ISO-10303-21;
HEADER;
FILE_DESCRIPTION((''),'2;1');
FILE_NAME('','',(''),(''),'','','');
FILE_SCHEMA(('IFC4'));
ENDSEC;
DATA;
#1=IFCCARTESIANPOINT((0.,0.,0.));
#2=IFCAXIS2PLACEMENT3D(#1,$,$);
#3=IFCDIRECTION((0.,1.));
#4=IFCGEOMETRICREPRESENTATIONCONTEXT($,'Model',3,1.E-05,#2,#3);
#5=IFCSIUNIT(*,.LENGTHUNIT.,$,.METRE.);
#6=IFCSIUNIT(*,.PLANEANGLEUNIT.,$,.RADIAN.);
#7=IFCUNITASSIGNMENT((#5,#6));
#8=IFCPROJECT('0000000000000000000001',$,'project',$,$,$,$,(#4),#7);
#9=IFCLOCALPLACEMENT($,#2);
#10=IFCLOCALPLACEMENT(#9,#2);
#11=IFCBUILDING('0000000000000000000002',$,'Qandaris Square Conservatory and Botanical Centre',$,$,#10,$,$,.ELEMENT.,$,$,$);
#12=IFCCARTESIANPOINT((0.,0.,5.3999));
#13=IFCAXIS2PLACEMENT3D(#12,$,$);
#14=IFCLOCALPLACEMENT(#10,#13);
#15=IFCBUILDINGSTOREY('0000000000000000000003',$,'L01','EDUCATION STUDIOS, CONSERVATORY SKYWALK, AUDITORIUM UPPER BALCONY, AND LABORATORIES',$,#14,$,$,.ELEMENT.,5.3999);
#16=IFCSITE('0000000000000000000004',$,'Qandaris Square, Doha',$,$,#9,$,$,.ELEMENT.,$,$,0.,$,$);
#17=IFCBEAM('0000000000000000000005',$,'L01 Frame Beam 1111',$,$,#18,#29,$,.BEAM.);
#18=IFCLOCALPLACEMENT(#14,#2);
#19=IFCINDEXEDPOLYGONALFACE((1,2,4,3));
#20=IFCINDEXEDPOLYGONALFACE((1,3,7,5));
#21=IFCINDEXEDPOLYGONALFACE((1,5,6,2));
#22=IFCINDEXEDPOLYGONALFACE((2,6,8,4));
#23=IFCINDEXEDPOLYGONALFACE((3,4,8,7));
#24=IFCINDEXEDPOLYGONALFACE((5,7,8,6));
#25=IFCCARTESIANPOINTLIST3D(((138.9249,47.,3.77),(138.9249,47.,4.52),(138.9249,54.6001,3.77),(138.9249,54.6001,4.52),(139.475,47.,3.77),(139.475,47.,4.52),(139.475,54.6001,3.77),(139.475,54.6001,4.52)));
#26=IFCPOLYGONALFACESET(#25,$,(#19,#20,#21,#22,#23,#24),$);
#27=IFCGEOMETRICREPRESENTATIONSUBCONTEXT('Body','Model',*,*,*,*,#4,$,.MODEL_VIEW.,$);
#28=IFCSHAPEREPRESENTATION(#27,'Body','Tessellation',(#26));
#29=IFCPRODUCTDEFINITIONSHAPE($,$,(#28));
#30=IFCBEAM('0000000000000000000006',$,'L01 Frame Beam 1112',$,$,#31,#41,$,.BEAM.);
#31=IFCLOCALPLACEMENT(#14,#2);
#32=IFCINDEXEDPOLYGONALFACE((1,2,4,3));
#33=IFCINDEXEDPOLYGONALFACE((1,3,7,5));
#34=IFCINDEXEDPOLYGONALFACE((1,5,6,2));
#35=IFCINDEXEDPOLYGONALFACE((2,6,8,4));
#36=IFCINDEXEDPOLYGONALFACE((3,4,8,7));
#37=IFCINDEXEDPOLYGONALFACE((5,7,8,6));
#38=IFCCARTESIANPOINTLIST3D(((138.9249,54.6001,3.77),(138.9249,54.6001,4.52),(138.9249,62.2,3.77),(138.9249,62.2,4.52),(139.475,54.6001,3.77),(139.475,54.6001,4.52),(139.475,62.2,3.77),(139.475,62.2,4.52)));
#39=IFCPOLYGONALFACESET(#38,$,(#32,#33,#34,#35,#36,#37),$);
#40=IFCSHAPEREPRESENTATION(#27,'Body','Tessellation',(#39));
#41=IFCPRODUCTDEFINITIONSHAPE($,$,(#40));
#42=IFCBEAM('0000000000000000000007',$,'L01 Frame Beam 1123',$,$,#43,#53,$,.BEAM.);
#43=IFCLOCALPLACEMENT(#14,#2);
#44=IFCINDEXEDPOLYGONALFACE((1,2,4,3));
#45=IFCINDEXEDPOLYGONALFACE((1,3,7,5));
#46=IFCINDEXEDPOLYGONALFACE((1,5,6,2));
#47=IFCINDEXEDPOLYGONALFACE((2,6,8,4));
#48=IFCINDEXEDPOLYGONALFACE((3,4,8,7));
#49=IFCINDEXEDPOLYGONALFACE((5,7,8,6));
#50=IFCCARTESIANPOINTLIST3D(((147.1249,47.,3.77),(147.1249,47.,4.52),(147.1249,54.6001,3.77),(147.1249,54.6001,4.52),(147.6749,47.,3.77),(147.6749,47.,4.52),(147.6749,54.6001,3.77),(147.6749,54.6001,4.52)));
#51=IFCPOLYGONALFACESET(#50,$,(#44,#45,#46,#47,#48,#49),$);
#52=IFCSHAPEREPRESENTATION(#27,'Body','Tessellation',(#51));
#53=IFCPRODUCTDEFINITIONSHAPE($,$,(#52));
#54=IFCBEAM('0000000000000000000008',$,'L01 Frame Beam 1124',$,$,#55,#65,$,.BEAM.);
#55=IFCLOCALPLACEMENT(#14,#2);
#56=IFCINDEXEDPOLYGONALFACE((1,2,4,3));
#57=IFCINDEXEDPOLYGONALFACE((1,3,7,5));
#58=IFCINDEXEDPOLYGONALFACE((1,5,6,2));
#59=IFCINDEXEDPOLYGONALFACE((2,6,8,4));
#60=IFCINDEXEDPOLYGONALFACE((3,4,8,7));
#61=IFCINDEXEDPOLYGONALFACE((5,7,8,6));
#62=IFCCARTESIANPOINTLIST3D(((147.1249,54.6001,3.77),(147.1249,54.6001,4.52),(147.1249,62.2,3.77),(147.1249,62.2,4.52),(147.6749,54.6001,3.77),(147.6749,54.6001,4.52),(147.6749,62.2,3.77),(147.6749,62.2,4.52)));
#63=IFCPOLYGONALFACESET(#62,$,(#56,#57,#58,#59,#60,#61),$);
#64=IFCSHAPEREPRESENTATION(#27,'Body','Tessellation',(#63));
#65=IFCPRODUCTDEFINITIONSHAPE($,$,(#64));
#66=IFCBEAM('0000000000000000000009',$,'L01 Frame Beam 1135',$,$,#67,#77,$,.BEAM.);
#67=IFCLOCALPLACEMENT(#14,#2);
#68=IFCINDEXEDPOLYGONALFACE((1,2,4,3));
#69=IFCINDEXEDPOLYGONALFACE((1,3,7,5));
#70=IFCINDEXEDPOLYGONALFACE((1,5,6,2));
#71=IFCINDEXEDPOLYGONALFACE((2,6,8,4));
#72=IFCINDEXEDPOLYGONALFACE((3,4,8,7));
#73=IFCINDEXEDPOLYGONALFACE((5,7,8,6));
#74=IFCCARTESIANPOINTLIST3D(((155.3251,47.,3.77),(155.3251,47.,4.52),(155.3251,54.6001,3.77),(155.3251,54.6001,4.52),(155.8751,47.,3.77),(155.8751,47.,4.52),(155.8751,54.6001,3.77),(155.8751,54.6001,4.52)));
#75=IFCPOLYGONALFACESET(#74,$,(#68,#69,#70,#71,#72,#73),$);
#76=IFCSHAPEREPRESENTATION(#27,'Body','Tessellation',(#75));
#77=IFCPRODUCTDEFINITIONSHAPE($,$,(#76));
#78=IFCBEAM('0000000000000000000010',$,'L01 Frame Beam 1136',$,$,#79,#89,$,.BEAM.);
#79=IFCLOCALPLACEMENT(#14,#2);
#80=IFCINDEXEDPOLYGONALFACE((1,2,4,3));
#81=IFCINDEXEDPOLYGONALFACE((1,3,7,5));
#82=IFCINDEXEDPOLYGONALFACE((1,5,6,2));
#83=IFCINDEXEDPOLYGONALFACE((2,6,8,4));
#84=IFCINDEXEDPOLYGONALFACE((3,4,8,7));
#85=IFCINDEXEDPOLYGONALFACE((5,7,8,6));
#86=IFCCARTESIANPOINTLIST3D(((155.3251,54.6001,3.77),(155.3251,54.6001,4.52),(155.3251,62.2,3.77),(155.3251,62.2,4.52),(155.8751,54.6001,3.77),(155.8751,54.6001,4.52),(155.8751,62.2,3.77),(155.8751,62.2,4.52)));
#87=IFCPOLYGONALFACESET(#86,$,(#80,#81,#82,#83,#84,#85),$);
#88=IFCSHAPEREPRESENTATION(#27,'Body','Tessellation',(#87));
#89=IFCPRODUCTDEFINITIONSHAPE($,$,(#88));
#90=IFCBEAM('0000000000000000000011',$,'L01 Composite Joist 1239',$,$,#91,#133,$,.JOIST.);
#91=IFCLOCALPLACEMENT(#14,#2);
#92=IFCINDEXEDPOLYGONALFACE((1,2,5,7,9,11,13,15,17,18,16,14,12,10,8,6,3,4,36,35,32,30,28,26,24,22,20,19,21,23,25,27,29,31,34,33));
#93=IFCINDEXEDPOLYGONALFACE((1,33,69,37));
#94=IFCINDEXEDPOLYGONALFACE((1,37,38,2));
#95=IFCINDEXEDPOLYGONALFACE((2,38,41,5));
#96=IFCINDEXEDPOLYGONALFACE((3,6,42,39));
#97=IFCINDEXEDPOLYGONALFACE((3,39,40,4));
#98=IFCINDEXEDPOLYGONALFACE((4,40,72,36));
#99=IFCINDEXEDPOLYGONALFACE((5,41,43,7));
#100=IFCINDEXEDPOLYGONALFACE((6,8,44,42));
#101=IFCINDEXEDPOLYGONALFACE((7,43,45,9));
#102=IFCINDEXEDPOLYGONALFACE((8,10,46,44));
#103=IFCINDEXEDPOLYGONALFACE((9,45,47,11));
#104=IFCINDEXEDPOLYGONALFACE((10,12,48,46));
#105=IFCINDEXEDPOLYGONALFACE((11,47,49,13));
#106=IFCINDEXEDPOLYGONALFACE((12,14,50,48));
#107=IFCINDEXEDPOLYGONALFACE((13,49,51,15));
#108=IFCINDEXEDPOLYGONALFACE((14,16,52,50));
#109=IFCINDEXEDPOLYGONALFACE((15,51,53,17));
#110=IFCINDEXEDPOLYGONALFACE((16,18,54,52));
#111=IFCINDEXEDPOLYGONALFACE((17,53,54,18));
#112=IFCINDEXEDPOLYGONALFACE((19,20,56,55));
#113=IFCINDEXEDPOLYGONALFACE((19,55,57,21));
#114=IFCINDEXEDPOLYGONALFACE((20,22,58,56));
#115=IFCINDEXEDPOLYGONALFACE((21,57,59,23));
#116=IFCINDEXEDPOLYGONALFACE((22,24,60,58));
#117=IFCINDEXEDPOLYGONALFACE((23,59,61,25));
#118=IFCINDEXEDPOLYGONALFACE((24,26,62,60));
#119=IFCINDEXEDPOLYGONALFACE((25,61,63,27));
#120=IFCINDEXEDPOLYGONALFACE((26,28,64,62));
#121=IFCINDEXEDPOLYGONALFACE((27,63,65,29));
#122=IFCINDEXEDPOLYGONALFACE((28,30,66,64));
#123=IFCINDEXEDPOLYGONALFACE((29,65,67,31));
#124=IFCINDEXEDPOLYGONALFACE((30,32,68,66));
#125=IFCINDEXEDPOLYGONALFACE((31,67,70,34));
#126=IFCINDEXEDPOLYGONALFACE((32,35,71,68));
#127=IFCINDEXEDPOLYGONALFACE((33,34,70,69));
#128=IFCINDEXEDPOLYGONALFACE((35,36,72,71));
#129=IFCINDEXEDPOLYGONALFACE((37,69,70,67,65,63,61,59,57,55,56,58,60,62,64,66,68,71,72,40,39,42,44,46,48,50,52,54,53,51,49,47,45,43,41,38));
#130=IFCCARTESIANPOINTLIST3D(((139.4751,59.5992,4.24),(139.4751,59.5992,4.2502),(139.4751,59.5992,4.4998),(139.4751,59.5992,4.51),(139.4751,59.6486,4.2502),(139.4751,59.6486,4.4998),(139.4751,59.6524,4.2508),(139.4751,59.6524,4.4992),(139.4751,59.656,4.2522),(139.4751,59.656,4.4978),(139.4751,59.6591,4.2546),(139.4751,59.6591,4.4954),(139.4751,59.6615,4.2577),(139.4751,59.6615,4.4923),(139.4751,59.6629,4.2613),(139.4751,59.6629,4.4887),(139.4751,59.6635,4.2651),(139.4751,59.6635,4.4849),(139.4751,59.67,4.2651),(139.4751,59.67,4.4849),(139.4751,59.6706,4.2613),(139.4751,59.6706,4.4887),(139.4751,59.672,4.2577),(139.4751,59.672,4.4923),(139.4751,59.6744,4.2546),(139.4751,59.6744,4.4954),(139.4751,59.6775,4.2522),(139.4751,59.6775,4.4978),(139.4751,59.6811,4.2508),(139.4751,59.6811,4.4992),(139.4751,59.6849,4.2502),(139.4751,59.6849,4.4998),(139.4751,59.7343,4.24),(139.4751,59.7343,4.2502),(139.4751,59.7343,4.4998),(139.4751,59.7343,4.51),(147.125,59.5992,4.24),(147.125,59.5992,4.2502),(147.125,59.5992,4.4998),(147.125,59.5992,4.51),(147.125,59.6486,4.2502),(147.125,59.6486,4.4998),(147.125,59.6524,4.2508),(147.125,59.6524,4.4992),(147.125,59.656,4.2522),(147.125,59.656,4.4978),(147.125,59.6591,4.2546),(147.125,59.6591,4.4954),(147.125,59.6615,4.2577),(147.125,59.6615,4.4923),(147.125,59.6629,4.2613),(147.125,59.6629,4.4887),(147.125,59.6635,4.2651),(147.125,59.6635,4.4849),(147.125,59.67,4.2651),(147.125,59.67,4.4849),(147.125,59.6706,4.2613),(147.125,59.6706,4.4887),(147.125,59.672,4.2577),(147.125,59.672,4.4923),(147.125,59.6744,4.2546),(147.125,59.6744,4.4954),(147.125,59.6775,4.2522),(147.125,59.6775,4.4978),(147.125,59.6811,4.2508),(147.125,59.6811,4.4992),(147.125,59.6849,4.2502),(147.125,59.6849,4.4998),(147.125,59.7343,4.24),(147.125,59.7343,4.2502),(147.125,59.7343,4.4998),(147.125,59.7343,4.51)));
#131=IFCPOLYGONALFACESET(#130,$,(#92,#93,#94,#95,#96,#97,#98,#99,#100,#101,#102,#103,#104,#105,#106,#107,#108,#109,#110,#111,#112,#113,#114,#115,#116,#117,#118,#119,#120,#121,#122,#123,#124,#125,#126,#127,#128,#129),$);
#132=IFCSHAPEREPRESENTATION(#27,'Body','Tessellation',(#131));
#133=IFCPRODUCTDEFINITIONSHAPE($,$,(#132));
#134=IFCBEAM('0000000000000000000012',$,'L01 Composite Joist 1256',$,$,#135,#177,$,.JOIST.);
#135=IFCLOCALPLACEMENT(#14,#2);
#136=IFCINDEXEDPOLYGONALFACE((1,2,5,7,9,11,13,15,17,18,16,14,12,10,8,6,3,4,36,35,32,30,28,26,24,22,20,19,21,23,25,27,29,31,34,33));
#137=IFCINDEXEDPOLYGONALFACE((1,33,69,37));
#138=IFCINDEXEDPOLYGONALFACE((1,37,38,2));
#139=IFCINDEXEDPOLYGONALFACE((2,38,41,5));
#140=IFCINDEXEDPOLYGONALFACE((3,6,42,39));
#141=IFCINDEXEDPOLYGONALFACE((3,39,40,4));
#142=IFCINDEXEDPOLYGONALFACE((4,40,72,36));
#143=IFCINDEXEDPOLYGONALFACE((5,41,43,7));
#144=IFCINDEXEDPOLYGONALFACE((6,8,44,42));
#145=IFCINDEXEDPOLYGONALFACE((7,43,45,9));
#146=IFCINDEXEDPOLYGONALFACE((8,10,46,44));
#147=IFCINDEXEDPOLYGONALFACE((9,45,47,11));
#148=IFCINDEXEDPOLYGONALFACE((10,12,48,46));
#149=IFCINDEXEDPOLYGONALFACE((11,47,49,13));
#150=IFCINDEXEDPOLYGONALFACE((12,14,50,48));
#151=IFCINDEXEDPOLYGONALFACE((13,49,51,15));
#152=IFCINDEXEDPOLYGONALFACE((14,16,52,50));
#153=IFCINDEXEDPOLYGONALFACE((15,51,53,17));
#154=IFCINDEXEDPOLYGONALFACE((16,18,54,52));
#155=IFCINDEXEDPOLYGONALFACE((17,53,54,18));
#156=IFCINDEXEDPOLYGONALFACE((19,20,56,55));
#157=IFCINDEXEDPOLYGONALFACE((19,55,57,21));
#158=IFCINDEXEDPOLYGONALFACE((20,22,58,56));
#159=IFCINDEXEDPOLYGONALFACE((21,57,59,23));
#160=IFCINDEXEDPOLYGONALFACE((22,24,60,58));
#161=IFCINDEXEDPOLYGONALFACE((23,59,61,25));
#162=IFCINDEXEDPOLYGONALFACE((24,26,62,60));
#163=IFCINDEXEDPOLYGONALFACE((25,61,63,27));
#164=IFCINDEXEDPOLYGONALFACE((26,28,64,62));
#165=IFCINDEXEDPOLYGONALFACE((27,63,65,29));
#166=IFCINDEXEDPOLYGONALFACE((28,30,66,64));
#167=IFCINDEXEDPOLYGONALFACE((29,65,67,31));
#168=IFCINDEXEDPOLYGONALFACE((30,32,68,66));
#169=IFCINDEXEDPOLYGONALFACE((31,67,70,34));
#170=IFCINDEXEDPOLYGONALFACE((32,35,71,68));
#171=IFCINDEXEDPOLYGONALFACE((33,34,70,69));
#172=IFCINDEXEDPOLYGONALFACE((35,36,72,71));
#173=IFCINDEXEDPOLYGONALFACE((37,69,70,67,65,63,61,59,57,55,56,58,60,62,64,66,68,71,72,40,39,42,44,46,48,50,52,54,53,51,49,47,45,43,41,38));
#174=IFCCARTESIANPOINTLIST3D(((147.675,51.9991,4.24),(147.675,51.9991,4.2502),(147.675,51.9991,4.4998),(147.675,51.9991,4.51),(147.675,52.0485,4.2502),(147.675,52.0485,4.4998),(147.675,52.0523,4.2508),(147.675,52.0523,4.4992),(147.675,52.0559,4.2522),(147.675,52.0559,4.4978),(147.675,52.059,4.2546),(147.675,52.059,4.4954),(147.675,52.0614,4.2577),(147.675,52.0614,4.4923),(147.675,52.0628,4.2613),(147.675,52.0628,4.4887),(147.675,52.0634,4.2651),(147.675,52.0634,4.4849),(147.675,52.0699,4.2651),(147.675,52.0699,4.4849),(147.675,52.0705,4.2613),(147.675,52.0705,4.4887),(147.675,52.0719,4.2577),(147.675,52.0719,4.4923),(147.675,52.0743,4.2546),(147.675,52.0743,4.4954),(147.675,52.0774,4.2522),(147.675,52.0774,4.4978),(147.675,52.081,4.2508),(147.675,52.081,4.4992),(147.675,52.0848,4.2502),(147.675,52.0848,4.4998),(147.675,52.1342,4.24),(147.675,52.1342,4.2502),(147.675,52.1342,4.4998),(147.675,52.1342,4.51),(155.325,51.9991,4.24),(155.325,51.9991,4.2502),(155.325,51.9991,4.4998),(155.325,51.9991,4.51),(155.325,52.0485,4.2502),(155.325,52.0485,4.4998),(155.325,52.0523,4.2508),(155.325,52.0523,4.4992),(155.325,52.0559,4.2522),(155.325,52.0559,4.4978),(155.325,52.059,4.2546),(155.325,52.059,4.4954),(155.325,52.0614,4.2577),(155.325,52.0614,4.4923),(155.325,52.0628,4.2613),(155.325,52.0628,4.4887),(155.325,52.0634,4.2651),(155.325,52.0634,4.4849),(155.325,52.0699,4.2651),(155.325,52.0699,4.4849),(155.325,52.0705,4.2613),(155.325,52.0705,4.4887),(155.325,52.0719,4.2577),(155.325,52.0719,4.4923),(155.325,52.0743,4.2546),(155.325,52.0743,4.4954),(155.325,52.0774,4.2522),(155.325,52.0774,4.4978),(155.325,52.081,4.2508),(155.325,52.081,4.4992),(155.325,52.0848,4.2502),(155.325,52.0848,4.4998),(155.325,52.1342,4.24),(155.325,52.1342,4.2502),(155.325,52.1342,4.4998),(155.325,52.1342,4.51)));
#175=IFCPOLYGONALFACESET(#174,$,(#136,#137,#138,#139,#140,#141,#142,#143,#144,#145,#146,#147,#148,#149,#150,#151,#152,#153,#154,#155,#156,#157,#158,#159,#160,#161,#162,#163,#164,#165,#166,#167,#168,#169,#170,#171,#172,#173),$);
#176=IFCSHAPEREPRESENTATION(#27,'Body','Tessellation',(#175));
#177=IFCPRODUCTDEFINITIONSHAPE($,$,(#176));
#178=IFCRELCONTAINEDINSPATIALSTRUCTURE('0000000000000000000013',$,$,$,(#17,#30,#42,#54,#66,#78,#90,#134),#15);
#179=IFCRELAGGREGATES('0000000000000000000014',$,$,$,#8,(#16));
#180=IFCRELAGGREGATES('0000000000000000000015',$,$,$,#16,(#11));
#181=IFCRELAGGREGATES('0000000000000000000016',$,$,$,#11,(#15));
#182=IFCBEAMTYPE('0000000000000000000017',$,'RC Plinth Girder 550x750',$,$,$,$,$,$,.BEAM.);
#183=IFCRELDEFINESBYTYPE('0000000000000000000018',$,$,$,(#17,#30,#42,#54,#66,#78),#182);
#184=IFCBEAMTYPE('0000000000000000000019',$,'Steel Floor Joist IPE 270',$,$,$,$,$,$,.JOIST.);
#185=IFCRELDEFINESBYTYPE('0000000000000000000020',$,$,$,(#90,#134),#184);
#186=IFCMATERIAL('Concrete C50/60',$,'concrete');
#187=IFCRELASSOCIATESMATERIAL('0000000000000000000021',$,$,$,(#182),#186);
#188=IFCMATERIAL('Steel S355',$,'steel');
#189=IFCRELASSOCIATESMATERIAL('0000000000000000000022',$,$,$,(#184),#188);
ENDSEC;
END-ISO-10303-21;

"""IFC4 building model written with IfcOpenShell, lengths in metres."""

from ifc_helpers import new_model, si_unit, direction, frame, origin, origin_2d, place, context, subcontext, project, spatial, rectangle, i_section, extrude, material, material_profile, profile_set, type_object, element, save


model = new_model("IFC4")

# Units and contexts
model_context = context("Model", 3, precision=1e-05, world=origin(), true_north=direction((0.0, 1.0)))
body_context = subcontext(model_context, "Body", "Model", "MODEL_VIEW")
ifc_project = project(units=[si_unit("LENGTHUNIT", "METRE"), si_unit("PLANEANGLEUNIT", "RADIAN")], contexts=[model_context])

# Site, building, storey
site_placement = place(None, origin())
site = spatial("IfcSite", under=ifc_project, at=site_placement, Name="Qandaris Square, Doha", CompositionType="ELEMENT", RefElevation=0.0)
building_placement = place(site_placement, origin())
building = spatial("IfcBuilding", under=site, at=building_placement, Name="Qandaris Square Conservatory and Botanical Centre", CompositionType="ELEMENT")
storey_placement = place(building_placement, frame((0.0, 0.0, 5.3999)))
storey = spatial("IfcBuildingStorey", under=building, at=storey_placement, Name="L01", Description="EDUCATION STUDIOS, CONSERVATORY SKYWALK, AUDITORIUM UPPER BALCONY, AND LABORATORIES", CompositionType="ELEMENT", Elevation=5.3999)

# Shared definitions
ifc_material_1 = material(Name="Concrete C50/60", Category="concrete")

# Beams
ifc_material_2 = material(Name="Steel S355", Category="steel")
ifc_material_profile_1 = material_profile(ifc_material_1, rectangle(XDim=0.55, YDim=0.75, at=origin_2d()), Name="RC-BM 550x750")
ifc_profile_set_1 = profile_set([ifc_material_profile_1], Name="Concrete C50/60")
beam_type_1 = type_object("IfcBeamType", Name="RC Plinth Girder 550x750", PredefinedType="BEAM", material=ifc_profile_set_1)
beam_1_placement = place(storey_placement, frame((139.2, 47.0, 4.145), z_axis=(0.0, 1.0, 0.0), x_axis=(-1.0, 0.0, 0.0)))
element("IfcBeam", 1, at=beam_1_placement, inside=storey, type_object=beam_type_1, Name="L01 Frame Beam 1111", PredefinedType="BEAM", context=body_context, shape_type="SweptSolid", body=[
    extrude(rectangle(XDim=0.55, YDim=0.75, at=origin_2d()), origin(), (0.0, 0.0, 1.0), 7.6001),
])
beam_2_placement = place(storey_placement, frame((139.2, 54.6001, 4.145), z_axis=(0.0, 1.0, 0.0), x_axis=(-1.0, 0.0, 0.0)))
element("IfcBeam", 2, at=beam_2_placement, inside=storey, type_object=beam_type_1, Name="L01 Frame Beam 1112", PredefinedType="BEAM", context=body_context, shape_type="SweptSolid", body=[
    extrude(rectangle(XDim=0.55, YDim=0.75, at=origin_2d()), origin(), (0.0, 0.0, 1.0), 7.5999),
])
beam_3_placement = place(storey_placement, frame((147.3999, 47.0, 4.145), z_axis=(0.0, 1.0, 0.0), x_axis=(-1.0, 0.0, 0.0)))
element("IfcBeam", 3, at=beam_3_placement, inside=storey, type_object=beam_type_1, Name="L01 Frame Beam 1123", PredefinedType="BEAM", context=body_context, shape_type="SweptSolid", body=[
    extrude(rectangle(XDim=0.55, YDim=0.75, at=origin_2d()), origin(), (0.0, 0.0, 1.0), 7.6001),
])
beam_4_placement = place(storey_placement, frame((147.3999, 54.6001, 4.145), z_axis=(0.0, 1.0, 0.0), x_axis=(-1.0, 0.0, 0.0)))
element("IfcBeam", 4, at=beam_4_placement, inside=storey, type_object=beam_type_1, Name="L01 Frame Beam 1124", PredefinedType="BEAM", context=body_context, shape_type="SweptSolid", body=[
    extrude(rectangle(XDim=0.55, YDim=0.75, at=origin_2d()), origin(), (0.0, 0.0, 1.0), 7.5999),
])
beam_5_placement = place(storey_placement, frame((155.6001, 47.0, 4.145), z_axis=(0.0, 1.0, 0.0), x_axis=(-1.0, 0.0, 0.0)))
element("IfcBeam", 5, at=beam_5_placement, inside=storey, type_object=beam_type_1, Name="L01 Frame Beam 1135", PredefinedType="BEAM", context=body_context, shape_type="SweptSolid", body=[
    extrude(rectangle(XDim=0.55, YDim=0.75, at=origin_2d()), origin(), (0.0, 0.0, 1.0), 7.6001),
])
beam_6_placement = place(storey_placement, frame((155.6001, 54.6001, 4.145), z_axis=(0.0, 1.0, 0.0), x_axis=(-1.0, 0.0, 0.0)))
element("IfcBeam", 6, at=beam_6_placement, inside=storey, type_object=beam_type_1, Name="L01 Frame Beam 1136", PredefinedType="BEAM", context=body_context, shape_type="SweptSolid", body=[
    extrude(rectangle(XDim=0.55, YDim=0.75, at=origin_2d()), origin(), (0.0, 0.0, 1.0), 7.5999),
])
ifc_material_profile_2 = material_profile(ifc_material_2, i_section(OverallWidth=0.135, OverallDepth=0.27, WebThickness=0.0066, FlangeThickness=0.0103, FilletRadius=0.0149, at=origin_2d()), Name="IPE 270")
ifc_profile_set_2 = profile_set([ifc_material_profile_2], Name="Steel S355")
beam_type_2 = type_object("IfcBeamType", Name="Steel Floor Joist IPE 270", PredefinedType="JOIST", material=ifc_profile_set_2)
for number, where, z_axis, x_axis, name in (
    (7, (139.4751, 59.6667, 4.375), (1.0, 0.0, 0.0), (0.0, 1.0, 0.0), "L01 Composite Joist 1239"),
    (8, (147.675, 52.0667, 4.375), (1.0, 0.0, 0.0), (0.0, 1.0, 0.0), "L01 Composite Joist 1256"),
):
    element("IfcBeam", number, at=place(storey_placement, frame(where, z_axis=z_axis, x_axis=x_axis)), inside=storey, type_object=beam_type_2, Name=name, PredefinedType="JOIST", context=body_context, shape_type="SweptSolid", body=[
        extrude(i_section(OverallWidth=0.135, OverallDepth=0.27, WebThickness=0.0066, FlangeThickness=0.0103, FilletRadius=0.0149, at=origin_2d()), origin(), (0.0, 0.0, 1.0), 7.6499),
    ])

save(model, "model.ifc")
